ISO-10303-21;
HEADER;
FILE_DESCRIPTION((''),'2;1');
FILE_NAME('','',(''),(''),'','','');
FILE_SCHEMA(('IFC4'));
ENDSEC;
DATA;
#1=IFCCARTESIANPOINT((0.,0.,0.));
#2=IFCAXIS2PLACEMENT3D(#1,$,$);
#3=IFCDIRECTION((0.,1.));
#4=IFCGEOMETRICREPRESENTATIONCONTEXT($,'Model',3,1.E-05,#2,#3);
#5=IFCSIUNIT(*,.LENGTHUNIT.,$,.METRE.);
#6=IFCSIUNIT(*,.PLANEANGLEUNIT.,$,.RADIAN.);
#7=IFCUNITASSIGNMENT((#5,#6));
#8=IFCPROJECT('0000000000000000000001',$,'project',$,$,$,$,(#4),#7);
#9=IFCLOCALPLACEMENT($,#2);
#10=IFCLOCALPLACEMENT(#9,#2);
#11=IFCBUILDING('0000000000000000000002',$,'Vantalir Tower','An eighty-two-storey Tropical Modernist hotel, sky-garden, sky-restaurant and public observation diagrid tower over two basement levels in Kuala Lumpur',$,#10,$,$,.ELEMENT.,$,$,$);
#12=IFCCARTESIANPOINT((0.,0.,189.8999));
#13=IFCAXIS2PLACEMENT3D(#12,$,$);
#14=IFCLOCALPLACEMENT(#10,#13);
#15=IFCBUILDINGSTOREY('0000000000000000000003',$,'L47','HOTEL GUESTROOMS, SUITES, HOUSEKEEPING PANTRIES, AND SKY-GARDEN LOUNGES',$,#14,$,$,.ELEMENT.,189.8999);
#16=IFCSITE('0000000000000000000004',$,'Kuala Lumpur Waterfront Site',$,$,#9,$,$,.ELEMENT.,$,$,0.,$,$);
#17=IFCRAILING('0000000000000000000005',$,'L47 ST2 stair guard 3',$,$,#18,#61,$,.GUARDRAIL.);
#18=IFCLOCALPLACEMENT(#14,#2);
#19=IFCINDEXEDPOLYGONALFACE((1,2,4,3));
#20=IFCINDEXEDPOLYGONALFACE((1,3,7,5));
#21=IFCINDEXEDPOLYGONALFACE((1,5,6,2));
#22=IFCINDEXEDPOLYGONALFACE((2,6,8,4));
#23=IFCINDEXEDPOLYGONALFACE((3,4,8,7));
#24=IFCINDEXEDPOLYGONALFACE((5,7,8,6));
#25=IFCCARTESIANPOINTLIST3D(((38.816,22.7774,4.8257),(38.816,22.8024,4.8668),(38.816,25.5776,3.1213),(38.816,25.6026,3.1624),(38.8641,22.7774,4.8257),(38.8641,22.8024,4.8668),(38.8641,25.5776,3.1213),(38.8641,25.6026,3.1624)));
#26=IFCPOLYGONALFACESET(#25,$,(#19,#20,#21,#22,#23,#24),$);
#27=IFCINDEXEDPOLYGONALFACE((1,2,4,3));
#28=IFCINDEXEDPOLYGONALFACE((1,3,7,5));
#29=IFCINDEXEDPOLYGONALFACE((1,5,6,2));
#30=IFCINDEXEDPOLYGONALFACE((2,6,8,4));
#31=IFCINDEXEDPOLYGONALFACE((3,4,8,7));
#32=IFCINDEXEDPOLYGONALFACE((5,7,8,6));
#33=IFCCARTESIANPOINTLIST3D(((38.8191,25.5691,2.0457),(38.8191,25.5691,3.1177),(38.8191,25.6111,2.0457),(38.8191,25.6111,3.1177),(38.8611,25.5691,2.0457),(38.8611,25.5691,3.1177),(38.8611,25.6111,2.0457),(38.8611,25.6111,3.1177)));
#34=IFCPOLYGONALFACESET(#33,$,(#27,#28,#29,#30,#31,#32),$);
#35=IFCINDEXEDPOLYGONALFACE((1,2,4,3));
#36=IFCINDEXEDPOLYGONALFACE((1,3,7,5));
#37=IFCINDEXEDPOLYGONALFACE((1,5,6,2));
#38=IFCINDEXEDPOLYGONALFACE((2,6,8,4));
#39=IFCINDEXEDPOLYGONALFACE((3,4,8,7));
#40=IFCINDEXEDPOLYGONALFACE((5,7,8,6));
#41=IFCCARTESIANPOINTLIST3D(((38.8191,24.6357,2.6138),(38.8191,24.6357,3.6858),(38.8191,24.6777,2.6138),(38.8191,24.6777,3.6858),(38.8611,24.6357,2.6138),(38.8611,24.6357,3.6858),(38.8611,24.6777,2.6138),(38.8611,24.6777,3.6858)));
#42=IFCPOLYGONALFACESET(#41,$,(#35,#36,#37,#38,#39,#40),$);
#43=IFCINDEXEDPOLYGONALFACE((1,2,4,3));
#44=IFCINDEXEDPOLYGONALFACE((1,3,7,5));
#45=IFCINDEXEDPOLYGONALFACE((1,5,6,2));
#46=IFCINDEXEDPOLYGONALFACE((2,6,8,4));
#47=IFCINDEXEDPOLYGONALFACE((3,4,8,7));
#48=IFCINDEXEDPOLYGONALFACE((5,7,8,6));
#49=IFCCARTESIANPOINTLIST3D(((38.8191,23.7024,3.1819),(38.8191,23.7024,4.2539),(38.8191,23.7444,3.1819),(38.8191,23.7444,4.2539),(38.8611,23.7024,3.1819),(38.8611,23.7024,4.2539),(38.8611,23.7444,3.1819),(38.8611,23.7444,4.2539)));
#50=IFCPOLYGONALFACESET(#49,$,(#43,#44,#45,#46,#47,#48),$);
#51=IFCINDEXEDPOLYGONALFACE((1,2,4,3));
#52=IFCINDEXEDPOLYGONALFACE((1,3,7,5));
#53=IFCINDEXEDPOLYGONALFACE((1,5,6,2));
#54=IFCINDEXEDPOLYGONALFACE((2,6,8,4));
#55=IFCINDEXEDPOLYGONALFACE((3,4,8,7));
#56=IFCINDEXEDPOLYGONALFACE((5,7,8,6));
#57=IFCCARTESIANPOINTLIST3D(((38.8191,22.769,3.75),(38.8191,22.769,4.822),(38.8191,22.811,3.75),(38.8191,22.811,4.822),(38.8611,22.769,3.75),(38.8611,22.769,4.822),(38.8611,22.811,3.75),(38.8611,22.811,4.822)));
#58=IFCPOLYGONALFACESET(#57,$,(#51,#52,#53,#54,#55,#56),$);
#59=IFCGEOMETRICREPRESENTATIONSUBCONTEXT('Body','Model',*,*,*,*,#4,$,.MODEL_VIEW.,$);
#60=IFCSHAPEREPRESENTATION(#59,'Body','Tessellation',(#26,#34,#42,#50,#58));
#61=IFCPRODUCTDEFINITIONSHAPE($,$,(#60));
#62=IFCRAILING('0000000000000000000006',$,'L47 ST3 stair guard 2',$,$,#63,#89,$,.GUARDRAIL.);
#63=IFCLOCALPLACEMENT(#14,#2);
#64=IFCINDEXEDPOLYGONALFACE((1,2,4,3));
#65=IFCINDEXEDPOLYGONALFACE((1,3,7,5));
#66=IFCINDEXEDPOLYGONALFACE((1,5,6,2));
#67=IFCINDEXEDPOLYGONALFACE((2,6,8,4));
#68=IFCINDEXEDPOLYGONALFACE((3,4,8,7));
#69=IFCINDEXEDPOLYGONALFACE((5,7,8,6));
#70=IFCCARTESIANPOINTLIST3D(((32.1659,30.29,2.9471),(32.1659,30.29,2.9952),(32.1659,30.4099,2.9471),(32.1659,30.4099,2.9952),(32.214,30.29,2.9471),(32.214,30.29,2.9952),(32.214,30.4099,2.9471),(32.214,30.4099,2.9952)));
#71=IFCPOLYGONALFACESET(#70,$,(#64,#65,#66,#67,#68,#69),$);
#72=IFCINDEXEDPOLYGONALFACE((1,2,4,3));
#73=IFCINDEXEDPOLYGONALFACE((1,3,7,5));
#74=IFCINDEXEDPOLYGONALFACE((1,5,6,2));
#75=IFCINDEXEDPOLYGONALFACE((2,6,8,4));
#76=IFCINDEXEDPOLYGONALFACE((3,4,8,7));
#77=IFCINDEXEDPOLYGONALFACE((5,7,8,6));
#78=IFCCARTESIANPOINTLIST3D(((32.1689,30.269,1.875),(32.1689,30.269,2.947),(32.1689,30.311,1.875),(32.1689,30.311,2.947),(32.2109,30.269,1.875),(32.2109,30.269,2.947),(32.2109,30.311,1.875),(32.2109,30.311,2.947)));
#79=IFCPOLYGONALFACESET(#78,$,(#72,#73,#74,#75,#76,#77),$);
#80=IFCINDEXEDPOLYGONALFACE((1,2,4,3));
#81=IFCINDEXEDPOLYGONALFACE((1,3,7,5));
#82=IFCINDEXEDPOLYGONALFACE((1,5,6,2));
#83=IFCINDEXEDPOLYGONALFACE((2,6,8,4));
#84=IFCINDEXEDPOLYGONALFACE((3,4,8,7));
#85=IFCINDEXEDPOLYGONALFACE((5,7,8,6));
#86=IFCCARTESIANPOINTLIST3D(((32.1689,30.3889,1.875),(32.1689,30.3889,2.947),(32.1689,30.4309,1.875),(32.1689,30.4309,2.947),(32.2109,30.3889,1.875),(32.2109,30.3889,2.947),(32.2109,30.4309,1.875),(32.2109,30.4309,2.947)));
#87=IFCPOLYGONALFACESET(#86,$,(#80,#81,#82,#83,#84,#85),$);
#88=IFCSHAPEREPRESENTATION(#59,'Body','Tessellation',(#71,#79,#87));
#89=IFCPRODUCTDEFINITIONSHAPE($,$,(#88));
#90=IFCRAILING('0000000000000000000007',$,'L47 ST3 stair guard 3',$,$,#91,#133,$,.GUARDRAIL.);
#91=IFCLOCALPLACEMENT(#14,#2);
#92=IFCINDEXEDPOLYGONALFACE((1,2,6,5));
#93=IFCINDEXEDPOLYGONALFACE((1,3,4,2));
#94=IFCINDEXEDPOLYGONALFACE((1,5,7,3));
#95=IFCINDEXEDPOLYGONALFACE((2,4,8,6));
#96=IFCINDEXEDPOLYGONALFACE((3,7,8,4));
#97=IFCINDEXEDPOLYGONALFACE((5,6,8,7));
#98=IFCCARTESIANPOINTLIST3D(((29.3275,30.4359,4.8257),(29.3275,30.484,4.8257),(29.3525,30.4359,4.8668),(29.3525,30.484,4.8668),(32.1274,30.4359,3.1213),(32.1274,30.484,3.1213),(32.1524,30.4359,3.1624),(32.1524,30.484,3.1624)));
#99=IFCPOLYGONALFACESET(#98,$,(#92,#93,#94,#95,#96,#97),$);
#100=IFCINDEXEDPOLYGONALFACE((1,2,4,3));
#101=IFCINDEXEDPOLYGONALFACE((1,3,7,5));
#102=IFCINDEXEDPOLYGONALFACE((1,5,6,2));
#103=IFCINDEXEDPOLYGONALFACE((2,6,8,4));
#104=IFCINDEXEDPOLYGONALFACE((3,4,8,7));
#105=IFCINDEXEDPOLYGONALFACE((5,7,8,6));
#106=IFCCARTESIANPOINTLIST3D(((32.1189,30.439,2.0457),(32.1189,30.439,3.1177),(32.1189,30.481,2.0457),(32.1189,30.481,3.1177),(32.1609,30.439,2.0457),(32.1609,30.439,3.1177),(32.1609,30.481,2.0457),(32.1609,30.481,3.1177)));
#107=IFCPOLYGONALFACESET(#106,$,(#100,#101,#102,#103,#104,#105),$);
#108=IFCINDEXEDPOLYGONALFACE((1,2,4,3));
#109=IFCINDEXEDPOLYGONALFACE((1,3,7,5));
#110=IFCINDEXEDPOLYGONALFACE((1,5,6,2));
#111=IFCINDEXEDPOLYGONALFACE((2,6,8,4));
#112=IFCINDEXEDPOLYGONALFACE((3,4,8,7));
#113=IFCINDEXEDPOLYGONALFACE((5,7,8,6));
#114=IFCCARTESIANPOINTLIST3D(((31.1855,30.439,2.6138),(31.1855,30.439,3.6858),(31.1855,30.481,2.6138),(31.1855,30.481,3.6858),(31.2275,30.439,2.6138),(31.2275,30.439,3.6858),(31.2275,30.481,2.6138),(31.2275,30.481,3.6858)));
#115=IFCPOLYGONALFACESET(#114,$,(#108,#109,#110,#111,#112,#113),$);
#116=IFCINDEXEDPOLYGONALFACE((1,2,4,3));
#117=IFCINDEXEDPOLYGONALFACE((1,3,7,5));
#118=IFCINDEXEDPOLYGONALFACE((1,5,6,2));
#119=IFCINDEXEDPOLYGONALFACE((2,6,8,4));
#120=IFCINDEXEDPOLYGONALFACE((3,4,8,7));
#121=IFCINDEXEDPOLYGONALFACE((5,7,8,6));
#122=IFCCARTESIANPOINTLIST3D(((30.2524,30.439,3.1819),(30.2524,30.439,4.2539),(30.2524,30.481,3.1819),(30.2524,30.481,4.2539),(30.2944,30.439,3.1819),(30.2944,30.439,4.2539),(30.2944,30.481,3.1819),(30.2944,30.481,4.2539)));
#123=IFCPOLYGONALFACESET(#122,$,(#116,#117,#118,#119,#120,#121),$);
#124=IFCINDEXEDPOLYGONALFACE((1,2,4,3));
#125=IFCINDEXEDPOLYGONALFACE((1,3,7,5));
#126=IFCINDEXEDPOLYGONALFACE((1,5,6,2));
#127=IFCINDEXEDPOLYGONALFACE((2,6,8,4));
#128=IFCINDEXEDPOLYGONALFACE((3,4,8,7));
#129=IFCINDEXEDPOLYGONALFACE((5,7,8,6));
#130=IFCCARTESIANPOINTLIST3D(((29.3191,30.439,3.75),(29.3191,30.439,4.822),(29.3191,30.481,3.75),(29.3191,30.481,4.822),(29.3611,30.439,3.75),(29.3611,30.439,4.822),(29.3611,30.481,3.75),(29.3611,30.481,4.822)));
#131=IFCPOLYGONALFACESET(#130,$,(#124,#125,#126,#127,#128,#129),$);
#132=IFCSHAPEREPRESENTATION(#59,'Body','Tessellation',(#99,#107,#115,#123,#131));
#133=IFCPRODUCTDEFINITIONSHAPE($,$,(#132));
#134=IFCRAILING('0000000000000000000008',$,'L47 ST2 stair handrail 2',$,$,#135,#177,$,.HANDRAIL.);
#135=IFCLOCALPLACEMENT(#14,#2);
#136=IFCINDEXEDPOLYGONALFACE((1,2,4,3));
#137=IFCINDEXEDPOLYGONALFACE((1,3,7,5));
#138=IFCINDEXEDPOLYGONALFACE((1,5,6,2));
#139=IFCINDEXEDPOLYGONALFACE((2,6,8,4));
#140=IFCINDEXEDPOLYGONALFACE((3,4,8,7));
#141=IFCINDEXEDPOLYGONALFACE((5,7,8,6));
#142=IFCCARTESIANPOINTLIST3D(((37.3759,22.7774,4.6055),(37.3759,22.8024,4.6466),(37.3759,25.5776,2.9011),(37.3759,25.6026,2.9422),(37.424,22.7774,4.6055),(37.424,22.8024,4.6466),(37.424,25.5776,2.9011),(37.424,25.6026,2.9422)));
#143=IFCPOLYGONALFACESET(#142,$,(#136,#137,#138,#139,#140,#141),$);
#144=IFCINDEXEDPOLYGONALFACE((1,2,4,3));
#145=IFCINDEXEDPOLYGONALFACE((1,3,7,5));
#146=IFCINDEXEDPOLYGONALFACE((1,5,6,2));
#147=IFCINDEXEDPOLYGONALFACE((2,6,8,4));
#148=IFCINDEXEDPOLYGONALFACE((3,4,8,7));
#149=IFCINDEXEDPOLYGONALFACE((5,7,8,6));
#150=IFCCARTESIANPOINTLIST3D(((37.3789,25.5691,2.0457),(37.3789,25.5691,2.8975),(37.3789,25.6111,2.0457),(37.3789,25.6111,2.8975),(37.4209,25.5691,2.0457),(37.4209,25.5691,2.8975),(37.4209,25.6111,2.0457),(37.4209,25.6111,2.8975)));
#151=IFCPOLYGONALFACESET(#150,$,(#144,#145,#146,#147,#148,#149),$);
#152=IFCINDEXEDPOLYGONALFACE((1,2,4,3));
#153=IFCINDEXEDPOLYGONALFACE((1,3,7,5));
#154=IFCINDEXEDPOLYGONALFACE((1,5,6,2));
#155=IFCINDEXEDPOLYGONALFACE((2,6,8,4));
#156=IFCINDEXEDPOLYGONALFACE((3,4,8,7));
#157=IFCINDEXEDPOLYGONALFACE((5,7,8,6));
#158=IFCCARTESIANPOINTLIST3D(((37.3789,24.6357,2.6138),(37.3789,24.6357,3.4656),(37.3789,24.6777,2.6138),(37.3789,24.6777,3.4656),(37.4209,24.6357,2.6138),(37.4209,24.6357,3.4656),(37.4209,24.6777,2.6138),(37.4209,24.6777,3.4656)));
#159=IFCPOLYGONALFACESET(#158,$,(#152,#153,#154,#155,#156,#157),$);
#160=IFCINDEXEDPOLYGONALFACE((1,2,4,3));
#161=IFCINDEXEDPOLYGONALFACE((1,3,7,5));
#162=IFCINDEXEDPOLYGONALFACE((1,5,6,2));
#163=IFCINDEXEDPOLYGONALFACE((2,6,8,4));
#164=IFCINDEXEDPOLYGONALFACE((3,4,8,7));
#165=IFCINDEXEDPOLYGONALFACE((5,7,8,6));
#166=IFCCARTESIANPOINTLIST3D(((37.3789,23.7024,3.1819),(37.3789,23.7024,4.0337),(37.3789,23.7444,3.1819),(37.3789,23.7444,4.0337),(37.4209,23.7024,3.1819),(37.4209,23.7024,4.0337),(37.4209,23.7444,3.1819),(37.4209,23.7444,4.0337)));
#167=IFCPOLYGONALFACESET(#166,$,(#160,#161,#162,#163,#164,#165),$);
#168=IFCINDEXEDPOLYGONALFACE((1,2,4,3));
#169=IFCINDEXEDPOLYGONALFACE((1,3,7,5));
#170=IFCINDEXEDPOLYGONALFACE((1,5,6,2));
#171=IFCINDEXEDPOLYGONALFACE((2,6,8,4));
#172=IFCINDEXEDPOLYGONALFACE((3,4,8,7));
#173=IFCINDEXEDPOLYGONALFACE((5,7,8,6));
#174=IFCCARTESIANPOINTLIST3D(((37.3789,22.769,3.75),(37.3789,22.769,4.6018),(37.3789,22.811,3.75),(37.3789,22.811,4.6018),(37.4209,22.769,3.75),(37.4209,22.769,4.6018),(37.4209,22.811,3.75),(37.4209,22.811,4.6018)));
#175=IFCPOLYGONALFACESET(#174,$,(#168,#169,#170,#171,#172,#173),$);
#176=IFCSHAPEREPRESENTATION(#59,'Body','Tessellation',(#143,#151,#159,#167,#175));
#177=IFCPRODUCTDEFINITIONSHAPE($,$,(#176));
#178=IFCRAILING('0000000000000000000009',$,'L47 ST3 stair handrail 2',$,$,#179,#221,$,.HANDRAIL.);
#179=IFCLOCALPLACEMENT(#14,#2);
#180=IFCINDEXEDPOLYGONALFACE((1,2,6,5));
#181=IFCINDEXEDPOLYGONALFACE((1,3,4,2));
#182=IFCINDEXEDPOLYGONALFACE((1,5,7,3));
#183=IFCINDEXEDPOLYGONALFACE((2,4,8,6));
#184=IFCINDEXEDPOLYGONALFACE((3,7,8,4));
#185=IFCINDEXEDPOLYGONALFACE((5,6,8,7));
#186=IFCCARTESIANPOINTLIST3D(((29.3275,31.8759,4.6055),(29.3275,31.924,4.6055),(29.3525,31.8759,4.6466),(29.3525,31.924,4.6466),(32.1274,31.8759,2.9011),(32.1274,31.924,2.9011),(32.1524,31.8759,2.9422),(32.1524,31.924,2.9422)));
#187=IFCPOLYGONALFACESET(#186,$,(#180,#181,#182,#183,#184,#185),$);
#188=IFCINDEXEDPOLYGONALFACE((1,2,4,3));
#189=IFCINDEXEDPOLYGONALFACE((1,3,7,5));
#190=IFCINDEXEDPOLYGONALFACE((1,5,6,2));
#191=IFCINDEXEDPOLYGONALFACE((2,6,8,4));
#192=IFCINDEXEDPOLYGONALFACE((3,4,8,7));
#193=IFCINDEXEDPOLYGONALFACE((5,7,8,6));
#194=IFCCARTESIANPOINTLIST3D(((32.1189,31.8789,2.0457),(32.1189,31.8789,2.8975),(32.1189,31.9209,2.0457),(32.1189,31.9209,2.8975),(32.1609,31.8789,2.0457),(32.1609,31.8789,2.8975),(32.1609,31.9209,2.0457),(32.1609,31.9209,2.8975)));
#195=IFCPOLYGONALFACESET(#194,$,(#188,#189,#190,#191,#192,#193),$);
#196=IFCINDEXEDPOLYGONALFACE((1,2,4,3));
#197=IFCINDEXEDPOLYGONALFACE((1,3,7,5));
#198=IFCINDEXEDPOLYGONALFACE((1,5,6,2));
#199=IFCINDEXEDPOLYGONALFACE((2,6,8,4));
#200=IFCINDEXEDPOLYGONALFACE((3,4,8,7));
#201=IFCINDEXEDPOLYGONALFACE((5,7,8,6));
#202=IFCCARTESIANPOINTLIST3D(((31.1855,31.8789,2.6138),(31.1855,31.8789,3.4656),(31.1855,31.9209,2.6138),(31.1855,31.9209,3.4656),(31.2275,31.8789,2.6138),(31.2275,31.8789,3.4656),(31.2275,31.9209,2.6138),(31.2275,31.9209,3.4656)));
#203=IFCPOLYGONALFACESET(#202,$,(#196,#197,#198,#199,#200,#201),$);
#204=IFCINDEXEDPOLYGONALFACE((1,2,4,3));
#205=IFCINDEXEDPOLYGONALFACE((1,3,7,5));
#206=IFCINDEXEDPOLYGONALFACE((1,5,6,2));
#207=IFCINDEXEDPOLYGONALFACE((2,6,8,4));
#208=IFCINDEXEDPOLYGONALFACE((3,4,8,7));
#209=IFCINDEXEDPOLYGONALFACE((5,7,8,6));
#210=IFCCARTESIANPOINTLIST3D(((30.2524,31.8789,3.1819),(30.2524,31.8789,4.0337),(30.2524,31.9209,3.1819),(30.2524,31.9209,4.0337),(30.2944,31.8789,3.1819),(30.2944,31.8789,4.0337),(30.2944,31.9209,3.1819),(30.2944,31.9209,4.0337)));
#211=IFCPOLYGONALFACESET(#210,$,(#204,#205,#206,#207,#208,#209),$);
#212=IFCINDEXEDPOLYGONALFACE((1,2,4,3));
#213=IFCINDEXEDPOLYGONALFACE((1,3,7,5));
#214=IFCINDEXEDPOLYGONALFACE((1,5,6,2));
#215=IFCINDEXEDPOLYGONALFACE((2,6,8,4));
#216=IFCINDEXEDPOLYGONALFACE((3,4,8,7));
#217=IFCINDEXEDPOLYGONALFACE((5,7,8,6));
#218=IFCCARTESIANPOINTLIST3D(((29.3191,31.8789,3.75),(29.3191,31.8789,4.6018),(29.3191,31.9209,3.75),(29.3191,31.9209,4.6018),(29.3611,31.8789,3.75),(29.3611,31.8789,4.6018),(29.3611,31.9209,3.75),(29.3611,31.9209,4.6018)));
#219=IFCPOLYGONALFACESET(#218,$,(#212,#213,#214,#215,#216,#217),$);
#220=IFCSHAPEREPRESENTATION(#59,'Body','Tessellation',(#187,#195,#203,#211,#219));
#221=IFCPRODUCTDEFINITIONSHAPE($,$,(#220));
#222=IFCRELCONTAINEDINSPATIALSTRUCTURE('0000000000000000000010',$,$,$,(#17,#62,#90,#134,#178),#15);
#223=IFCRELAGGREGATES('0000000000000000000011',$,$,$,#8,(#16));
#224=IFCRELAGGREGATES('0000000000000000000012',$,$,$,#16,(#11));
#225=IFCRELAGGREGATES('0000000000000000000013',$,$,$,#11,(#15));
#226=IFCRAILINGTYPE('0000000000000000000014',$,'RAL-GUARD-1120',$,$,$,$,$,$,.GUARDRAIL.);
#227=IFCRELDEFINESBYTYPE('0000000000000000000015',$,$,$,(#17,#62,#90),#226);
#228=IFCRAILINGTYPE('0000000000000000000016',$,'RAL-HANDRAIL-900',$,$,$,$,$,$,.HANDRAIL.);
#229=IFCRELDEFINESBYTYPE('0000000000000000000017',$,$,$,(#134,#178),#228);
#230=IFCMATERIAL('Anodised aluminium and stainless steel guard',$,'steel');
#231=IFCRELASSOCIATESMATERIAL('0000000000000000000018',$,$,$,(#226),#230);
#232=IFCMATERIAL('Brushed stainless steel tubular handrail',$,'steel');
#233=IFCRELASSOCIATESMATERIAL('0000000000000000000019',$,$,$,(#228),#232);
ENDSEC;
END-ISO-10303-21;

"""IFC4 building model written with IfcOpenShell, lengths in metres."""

from ifc_helpers import new_model, si_unit, direction, frame, origin, origin_2d, place, context, subcontext, project, spatial, rectangle, extrude, material, type_object, element, save


model = new_model("IFC4")

# Units and contexts
model_context = context("Model", 3, precision=1e-05, world=origin(), true_north=direction((0.0, 1.0)))
body_context = subcontext(model_context, "Body", "Model", "MODEL_VIEW")
ifc_project = project(units=[si_unit("LENGTHUNIT", "METRE"), si_unit("PLANEANGLEUNIT", "RADIAN")], contexts=[model_context])

# Site, building, storey
site_placement = place(None, origin())
site = spatial("IfcSite", under=ifc_project, at=site_placement, Name="Kuala Lumpur Waterfront Site", CompositionType="ELEMENT", RefElevation=0.0)
building_placement = place(site_placement, origin())
building = spatial("IfcBuilding", under=site, at=building_placement, Name="Vantalir Tower", Description="An eighty-two-storey Tropical Modernist hotel, sky-garden, sky-restaurant and public observation diagrid tower over two basement levels in Kuala Lumpur", CompositionType="ELEMENT")
storey_placement = place(building_placement, frame((0.0, 0.0, 189.8999)))
storey = spatial("IfcBuildingStorey", under=building, at=storey_placement, Name="L47", Description="HOTEL GUESTROOMS, SUITES, HOUSEKEEPING PANTRIES, AND SKY-GARDEN LOUNGES", CompositionType="ELEMENT", Elevation=189.8999)

# Railings
ifc_material_1 = material(Name="Anodised aluminium and stainless steel guard", Category="steel")
railing_type_1 = type_object("IfcRailingType", Name="RAL-GUARD-1120", PredefinedType="GUARDRAIL", material=ifc_material_1)
railing_1_placement = place(storey_placement, frame((38.8401, 25.5901, 2.0457)))
element("IfcRailing", 1, at=railing_1_placement, inside=storey, type_object=railing_type_1, Name="L47 ST2 stair guard 3", PredefinedType="GUARDRAIL", context=body_context, shape_type="SweptSolid", body=[
    extrude(rectangle(XDim=0.0481, YDim=0.0481, at=origin_2d()), frame((0.0, 0.0, 1.0962), z_axis=(0.0, -0.854203, 0.51994), x_axis=(1.0, 0.0, 0.0)), (0.0, 0.0, 1.0), 3.2781),
    extrude(rectangle(XDim=0.042, YDim=0.042, at=origin_2d()), origin(), (0.0, 0.0, 1.0), 1.072),
    extrude(rectangle(XDim=0.042, YDim=0.042, at=origin_2d()), frame((0.0, -0.9333, 0.5681)), (0.0, 0.0, 1.0), 1.072),
    extrude(rectangle(XDim=0.042, YDim=0.042, at=origin_2d()), frame((0.0, -1.8667, 1.1362)), (0.0, 0.0, 1.0), 1.072),
    extrude(rectangle(XDim=0.042, YDim=0.042, at=origin_2d()), frame((0.0, -2.8, 1.7043)), (0.0, 0.0, 1.0), 1.072),
])
railing_2_placement = place(storey_placement, frame((32.1899, 30.29, 1.875)))
element("IfcRailing", 2, at=railing_2_placement, inside=storey, type_object=railing_type_1, Name="L47 ST3 stair guard 2", PredefinedType="GUARDRAIL", context=body_context, shape_type="SweptSolid", body=[
    extrude(rectangle(XDim=0.0481, YDim=0.0481, at=origin_2d()), frame((0.0, 0.0, 1.0962), z_axis=(0.0, 1.0, 0.0), x_axis=(-1.0, 0.0, 0.0)), (0.0, 0.0, 1.0), 0.1199),
    extrude(rectangle(XDim=0.042, YDim=0.042, at=origin_2d()), origin(), (0.0, 0.0, 1.0), 1.072),
    extrude(rectangle(XDim=0.042, YDim=0.042, at=origin_2d()), frame((0.0, 0.1199, 0.0)), (0.0, 0.0, 1.0), 1.072),
])
railing_3_placement = place(storey_placement, frame((32.1399, 30.46, 2.0457)))
element("IfcRailing", 3, at=railing_3_placement, inside=storey, type_object=railing_type_1, Name="L47 ST3 stair guard 3", PredefinedType="GUARDRAIL", context=body_context, shape_type="SweptSolid", body=[
    extrude(rectangle(XDim=0.0481, YDim=0.0481, at=origin_2d()), frame((0.0, 0.0, 1.0962), z_axis=(-0.854183, 0.0, 0.519973), x_axis=(0.0, -1.0, 0.0)), (0.0, 0.0, 1.0), 3.2778),
    extrude(rectangle(XDim=0.042, YDim=0.042, at=origin_2d()), origin(), (0.0, 0.0, 1.0), 1.072),
    extrude(rectangle(XDim=0.042, YDim=0.042, at=origin_2d()), frame((-0.9333, 0.0, 0.5681)), (0.0, 0.0, 1.0), 1.072),
    extrude(rectangle(XDim=0.042, YDim=0.042, at=origin_2d()), frame((-1.8665, 0.0, 1.1362)), (0.0, 0.0, 1.0), 1.072),
    extrude(rectangle(XDim=0.042, YDim=0.042, at=origin_2d()), frame((-2.7998, 0.0, 1.7043)), (0.0, 0.0, 1.0), 1.072),
])
ifc_material_2 = material(Name="Brushed stainless steel tubular handrail", Category="steel")
railing_type_2 = type_object("IfcRailingType", Name="RAL-HANDRAIL-900", PredefinedType="HANDRAIL", material=ifc_material_2)
railing_4_placement = place(storey_placement, frame((37.3999, 25.5901, 2.0457)))
element("IfcRailing", 4, at=railing_4_placement, inside=storey, type_object=railing_type_2, Name="L47 ST2 stair handrail 2", PredefinedType="HANDRAIL", context=body_context, shape_type="SweptSolid", body=[
    extrude(rectangle(XDim=0.0481, YDim=0.0481, at=origin_2d()), frame((0.0, 0.0, 0.876), z_axis=(0.0, -0.854203, 0.51994), x_axis=(1.0, 0.0, 0.0)), (0.0, 0.0, 1.0), 3.2781),
    extrude(rectangle(XDim=0.042, YDim=0.042, at=origin_2d()), origin(), (0.0, 0.0, 1.0), 0.8518),
    extrude(rectangle(XDim=0.042, YDim=0.042, at=origin_2d()), frame((0.0, -0.9333, 0.5681)), (0.0, 0.0, 1.0), 0.8518),
    extrude(rectangle(XDim=0.042, YDim=0.042, at=origin_2d()), frame((0.0, -1.8667, 1.1362)), (0.0, 0.0, 1.0), 0.8518),
    extrude(rectangle(XDim=0.042, YDim=0.042, at=origin_2d()), frame((0.0, -2.8, 1.7043)), (0.0, 0.0, 1.0), 0.8518),
])
railing_5_placement = place(storey_placement, frame((32.1399, 31.8999, 2.0457)))
element("IfcRailing", 5, at=railing_5_placement, inside=storey, type_object=railing_type_2, Name="L47 ST3 stair handrail 2", PredefinedType="HANDRAIL", context=body_context, shape_type="SweptSolid", body=[
    extrude(rectangle(XDim=0.0481, YDim=0.0481, at=origin_2d()), frame((0.0, 0.0, 0.876), z_axis=(-0.854183, 0.0, 0.519973), x_axis=(0.0, -1.0, 0.0)), (0.0, 0.0, 1.0), 3.2778),
    extrude(rectangle(XDim=0.042, YDim=0.042, at=origin_2d()), origin(), (0.0, 0.0, 1.0), 0.8518),
    extrude(rectangle(XDim=0.042, YDim=0.042, at=origin_2d()), frame((-0.9333, 0.0, 0.5681)), (0.0, 0.0, 1.0), 0.8518),
    extrude(rectangle(XDim=0.042, YDim=0.042, at=origin_2d()), frame((-1.8665, 0.0, 1.1362)), (0.0, 0.0, 1.0), 0.8518),
    extrude(rectangle(XDim=0.042, YDim=0.042, at=origin_2d()), frame((-2.7998, 0.0, 1.7043)), (0.0, 0.0, 1.0), 0.8518),
])

save(model, "model.ifc")
